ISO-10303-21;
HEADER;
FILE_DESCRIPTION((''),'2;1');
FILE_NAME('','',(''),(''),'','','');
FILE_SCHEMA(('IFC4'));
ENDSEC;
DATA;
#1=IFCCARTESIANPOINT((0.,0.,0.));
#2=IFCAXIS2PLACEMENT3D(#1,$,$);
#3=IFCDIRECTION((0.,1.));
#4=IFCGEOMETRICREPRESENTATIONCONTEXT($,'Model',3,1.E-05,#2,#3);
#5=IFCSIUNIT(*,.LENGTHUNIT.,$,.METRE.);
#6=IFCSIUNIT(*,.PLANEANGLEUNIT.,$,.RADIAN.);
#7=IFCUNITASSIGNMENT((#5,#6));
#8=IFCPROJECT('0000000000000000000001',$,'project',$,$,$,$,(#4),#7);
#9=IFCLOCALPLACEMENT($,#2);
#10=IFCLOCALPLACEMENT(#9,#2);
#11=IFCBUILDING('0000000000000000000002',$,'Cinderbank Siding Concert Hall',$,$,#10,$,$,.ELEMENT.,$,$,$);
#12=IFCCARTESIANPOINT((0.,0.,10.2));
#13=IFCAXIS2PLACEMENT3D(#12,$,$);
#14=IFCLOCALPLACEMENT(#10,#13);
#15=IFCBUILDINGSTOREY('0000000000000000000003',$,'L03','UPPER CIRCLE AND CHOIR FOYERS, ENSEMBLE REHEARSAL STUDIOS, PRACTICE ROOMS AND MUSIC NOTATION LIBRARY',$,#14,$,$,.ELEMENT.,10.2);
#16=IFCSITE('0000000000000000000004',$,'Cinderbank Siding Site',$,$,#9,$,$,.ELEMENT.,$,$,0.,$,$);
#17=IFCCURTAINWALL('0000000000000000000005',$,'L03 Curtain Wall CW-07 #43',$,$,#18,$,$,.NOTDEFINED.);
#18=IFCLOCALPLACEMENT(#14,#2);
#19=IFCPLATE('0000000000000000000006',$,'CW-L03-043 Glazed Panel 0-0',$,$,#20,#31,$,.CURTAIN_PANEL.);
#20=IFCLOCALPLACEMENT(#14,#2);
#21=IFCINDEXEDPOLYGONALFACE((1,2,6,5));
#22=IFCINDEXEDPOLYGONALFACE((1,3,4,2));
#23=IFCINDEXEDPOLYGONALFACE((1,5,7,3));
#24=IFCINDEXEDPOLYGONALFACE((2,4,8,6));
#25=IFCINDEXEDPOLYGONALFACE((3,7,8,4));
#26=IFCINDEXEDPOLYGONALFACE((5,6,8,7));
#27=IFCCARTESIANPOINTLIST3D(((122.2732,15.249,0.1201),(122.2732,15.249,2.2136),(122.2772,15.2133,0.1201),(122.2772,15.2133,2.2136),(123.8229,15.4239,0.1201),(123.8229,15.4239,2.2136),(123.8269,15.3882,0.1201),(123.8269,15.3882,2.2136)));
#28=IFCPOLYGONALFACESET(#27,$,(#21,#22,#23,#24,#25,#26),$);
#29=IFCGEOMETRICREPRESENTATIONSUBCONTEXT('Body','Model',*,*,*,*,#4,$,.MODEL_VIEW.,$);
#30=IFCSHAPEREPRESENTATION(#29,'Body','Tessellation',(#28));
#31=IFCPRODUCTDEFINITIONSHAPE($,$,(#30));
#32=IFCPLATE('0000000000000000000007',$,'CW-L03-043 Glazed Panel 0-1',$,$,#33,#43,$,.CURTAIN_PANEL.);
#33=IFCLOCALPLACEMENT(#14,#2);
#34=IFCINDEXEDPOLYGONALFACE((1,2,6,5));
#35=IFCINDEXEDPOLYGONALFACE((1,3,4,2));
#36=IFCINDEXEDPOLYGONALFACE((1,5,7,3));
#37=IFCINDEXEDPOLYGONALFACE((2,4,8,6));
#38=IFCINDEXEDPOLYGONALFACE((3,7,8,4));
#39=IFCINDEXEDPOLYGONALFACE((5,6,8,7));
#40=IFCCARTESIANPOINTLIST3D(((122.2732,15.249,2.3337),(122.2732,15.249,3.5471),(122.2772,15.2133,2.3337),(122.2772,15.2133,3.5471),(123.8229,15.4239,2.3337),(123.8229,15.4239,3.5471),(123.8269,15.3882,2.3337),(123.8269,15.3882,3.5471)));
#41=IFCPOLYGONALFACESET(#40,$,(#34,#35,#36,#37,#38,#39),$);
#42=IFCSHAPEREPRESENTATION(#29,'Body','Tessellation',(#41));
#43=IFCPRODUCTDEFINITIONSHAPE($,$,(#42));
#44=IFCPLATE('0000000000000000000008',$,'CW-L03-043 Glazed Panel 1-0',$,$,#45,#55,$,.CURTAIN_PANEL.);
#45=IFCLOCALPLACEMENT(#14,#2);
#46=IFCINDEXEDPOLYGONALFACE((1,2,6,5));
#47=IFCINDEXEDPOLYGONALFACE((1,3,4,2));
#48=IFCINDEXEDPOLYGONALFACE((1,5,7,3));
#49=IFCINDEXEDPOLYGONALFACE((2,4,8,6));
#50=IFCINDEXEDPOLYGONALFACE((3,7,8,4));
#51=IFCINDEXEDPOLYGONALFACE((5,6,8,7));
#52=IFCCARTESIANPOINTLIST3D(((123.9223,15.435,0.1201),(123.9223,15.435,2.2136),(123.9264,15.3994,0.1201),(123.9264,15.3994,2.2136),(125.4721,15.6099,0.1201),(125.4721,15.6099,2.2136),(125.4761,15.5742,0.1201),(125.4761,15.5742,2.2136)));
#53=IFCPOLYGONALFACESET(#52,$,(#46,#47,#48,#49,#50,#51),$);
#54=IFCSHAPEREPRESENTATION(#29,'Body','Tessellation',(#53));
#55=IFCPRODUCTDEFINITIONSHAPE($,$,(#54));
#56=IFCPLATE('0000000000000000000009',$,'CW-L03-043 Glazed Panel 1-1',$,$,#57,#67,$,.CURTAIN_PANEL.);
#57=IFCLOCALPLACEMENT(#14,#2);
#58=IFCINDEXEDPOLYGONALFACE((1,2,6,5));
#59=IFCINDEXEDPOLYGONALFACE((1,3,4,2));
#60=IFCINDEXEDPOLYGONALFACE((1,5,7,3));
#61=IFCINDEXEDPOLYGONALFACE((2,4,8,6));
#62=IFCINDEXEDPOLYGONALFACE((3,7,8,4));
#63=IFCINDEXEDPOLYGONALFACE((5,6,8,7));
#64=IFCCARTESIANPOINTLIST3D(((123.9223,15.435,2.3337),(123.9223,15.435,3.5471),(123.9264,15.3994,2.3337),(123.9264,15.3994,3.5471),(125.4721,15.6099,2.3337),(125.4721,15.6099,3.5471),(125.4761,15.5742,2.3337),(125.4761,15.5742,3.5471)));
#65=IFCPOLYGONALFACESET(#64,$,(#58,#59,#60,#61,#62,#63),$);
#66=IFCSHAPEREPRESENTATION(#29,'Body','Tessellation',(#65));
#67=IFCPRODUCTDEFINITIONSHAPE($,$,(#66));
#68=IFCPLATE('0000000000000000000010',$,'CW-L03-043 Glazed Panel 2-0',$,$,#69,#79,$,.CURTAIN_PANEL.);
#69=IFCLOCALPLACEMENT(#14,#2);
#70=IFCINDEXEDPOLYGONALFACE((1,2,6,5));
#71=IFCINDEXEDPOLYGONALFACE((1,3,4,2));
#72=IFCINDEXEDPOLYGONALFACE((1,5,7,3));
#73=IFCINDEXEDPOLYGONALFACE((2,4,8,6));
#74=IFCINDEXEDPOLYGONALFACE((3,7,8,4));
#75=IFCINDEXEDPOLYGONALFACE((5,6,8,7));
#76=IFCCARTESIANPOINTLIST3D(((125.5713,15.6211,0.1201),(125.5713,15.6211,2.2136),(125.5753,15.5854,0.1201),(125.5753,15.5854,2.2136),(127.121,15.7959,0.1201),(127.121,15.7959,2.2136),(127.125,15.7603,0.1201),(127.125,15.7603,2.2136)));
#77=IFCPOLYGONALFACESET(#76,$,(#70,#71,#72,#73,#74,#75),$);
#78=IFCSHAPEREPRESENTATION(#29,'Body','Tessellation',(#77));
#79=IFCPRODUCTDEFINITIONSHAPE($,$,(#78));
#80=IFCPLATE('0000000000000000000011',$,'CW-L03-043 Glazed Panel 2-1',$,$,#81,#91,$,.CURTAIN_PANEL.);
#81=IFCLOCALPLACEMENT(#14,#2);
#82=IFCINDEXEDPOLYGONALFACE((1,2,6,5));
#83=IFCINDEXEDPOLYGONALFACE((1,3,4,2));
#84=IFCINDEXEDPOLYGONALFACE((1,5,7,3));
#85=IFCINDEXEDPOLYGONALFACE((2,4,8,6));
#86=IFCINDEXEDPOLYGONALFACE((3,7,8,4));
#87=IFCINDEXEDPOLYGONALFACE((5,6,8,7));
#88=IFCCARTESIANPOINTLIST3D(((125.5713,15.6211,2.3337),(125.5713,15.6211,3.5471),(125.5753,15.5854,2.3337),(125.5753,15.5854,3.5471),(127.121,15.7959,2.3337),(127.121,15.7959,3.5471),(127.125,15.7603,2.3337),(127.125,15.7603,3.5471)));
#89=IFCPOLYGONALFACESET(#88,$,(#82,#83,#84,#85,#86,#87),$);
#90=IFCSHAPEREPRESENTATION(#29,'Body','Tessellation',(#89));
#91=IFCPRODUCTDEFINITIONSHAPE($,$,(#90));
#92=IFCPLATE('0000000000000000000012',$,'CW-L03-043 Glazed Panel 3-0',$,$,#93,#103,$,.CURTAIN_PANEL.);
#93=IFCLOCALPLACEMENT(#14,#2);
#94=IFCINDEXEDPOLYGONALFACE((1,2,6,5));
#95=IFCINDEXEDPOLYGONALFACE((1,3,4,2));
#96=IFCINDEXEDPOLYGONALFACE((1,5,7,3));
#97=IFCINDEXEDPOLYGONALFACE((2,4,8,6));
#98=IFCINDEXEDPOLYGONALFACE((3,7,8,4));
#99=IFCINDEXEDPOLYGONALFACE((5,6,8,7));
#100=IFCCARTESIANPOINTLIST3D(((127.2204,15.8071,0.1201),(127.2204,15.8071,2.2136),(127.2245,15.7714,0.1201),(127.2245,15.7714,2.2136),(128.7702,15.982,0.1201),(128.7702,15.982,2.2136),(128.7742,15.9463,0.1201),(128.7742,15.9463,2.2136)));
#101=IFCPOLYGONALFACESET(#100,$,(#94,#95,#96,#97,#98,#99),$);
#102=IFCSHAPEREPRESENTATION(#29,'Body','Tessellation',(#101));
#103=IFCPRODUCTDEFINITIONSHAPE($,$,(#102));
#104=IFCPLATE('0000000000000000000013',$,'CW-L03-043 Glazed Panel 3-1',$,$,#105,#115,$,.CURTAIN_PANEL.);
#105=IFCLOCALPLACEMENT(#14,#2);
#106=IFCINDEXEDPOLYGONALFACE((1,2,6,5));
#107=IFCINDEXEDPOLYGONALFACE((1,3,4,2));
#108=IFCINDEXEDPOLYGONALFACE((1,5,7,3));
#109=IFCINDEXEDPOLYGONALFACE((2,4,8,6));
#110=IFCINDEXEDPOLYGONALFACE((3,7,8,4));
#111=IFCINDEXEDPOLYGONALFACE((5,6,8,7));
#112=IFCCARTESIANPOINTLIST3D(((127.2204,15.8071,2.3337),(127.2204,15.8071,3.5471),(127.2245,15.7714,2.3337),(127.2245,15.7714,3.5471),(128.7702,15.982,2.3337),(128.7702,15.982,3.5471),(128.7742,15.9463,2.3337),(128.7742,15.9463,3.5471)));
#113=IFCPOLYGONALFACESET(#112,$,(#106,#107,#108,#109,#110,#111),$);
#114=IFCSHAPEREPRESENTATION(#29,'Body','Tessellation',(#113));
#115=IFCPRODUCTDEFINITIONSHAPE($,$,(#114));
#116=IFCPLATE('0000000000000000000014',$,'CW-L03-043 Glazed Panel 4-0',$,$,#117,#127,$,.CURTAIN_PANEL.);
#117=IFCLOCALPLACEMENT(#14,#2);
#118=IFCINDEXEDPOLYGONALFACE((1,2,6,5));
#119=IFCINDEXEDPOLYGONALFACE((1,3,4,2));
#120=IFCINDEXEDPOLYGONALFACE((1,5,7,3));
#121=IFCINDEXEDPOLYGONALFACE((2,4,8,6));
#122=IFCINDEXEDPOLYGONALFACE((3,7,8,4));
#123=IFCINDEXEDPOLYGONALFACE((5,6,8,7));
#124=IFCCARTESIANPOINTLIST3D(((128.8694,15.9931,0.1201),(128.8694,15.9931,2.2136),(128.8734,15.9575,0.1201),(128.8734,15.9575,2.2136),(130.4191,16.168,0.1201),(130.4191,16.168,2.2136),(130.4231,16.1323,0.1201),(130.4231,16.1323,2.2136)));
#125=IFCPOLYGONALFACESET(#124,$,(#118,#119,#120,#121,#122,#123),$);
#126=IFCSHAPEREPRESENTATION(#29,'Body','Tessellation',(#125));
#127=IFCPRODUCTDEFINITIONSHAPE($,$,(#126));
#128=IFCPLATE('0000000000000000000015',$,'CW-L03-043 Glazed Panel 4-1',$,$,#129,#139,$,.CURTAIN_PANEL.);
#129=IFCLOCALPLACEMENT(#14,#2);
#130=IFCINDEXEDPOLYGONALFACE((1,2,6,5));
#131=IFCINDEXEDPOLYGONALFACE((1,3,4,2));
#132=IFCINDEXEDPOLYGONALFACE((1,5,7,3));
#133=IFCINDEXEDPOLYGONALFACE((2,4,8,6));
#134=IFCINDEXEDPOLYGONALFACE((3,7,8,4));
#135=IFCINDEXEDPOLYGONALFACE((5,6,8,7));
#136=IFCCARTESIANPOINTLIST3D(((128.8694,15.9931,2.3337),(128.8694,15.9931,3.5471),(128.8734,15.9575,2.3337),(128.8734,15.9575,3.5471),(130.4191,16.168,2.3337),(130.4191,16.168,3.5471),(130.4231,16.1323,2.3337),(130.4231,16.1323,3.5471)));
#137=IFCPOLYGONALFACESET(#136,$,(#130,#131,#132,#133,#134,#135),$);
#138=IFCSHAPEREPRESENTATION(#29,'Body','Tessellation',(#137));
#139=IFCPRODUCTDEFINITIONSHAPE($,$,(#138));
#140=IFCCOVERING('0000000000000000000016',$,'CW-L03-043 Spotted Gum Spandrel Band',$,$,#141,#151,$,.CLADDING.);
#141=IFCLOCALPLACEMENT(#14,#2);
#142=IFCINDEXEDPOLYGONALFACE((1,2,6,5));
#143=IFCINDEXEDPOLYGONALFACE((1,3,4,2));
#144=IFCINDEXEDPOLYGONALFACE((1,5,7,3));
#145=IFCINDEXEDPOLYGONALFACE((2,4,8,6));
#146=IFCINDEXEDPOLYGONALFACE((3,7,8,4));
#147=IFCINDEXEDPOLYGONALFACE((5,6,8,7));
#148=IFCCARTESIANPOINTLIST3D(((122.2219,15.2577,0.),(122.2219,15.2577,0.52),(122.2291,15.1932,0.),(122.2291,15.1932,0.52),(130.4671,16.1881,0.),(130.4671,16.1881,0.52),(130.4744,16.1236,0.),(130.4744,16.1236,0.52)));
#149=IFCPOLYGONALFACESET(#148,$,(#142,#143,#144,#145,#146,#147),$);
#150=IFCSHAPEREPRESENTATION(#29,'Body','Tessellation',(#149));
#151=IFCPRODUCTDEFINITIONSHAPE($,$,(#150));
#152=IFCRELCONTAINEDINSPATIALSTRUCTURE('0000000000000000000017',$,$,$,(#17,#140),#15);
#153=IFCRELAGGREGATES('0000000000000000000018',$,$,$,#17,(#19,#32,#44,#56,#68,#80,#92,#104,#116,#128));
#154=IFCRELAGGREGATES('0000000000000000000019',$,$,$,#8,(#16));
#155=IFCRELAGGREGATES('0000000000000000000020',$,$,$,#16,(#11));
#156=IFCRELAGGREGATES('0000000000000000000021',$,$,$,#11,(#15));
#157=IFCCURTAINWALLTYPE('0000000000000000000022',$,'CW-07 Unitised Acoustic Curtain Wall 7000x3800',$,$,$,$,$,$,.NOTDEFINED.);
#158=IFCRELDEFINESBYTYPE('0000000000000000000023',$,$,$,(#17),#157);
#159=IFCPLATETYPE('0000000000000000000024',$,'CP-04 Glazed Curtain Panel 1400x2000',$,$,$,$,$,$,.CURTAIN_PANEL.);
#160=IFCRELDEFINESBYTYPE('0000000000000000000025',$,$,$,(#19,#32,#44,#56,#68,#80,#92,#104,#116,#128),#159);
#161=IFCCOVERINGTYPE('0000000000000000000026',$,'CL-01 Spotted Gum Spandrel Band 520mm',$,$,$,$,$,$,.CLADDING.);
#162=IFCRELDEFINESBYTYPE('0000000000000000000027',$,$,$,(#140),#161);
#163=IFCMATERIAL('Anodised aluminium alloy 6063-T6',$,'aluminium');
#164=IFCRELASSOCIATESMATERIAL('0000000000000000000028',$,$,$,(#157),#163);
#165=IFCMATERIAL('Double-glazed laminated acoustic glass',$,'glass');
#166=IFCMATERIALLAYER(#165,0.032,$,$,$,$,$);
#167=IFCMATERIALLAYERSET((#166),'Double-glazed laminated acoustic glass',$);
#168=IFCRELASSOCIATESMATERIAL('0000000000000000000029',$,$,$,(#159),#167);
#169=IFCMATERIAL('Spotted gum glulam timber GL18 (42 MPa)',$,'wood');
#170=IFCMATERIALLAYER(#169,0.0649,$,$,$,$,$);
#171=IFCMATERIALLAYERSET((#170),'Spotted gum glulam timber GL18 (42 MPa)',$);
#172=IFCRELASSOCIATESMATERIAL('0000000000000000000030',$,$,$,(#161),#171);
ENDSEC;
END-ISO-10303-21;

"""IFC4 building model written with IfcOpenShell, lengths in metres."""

from ifc_helpers import new_model, si_unit, direction, frame, origin, origin_2d, place, context, subcontext, project, spatial, rectangle, extrude, material, layer, layer_set, type_object, element, aggregate, save


model = new_model("IFC4")

# Units and contexts
model_context = context("Model", 3, precision=1e-05, world=origin(), true_north=direction((0.0, 1.0)))
body_context = subcontext(model_context, "Body", "Model", "MODEL_VIEW")
ifc_project = project(units=[si_unit("LENGTHUNIT", "METRE"), si_unit("PLANEANGLEUNIT", "RADIAN")], contexts=[model_context])

# Site, building, storey
site_placement = place(None, origin())
site = spatial("IfcSite", under=ifc_project, at=site_placement, Name="Cinderbank Siding Site", CompositionType="ELEMENT", RefElevation=0.0)
building_placement = place(site_placement, origin())
building = spatial("IfcBuilding", under=site, at=building_placement, Name="Cinderbank Siding Concert Hall", CompositionType="ELEMENT")
storey_placement = place(building_placement, frame((0.0, 0.0, 10.2)))
storey = spatial("IfcBuildingStorey", under=building, at=storey_placement, Name="L03", Description="UPPER CIRCLE AND CHOIR FOYERS, ENSEMBLE REHEARSAL STUDIOS, PRACTICE ROOMS AND MUSIC NOTATION LIBRARY", CompositionType="ELEMENT", Elevation=10.2)

# Shared definitions
ifc_material_1 = material(Name="Anodised aluminium alloy 6063-T6", Category="aluminium")

# Curtain wall
curtain_wall_type_1 = type_object("IfcCurtainWallType", Name="CW-07 Unitised Acoustic Curtain Wall 7000x3800", PredefinedType="NOTDEFINED", material=ifc_material_1)
curtain_wall_1_placement = place(storey_placement, origin())
curtain_wall_1 = element("IfcCurtainWall", 1, at=curtain_wall_1_placement, inside=storey, type_object=curtain_wall_type_1, Name="L03 Curtain Wall CW-07 #43", PredefinedType="NOTDEFINED")

# Shared definitions
ifc_material_2 = material(Name="Spotted gum glulam timber GL18 (42 MPa)", Category="wood")

# Plates
ifc_material_3 = material(Name="Double-glazed laminated acoustic glass", Category="glass")
ifc_layer_1 = layer(ifc_material_3, 0.032)
ifc_layer_set_1 = layer_set([ifc_layer_1], Name="Double-glazed laminated acoustic glass")
plate_type = type_object("IfcPlateType", Name="CP-04 Glazed Curtain Panel 1400x2000", PredefinedType="CURTAIN_PANEL", material=ifc_layer_set_1)
plate_1_placement = place(storey_placement, frame((123.05, 15.3186, 0.1201), z_axis=(0.0, 0.0, 1.0), x_axis=(0.993694, 0.112129, 0.0)))
plate_1 = element("IfcPlate", 2, at=plate_1_placement, type_object=plate_type, Name="CW-L03-043 Glazed Panel 0-0", PredefinedType="CURTAIN_PANEL", context=body_context, shape_type="SweptSolid", body=[
    extrude(rectangle(XDim=1.5596, YDim=0.0359, at=origin_2d()), origin(), (0.0, 0.0, 1.0), 2.0935),
])
plate_2_placement = place(storey_placement, frame((123.05, 15.3186, 2.3337), z_axis=(0.0, 0.0, 1.0), x_axis=(0.993694, 0.112129, 0.0)))
plate_2 = element("IfcPlate", 3, at=plate_2_placement, type_object=plate_type, Name="CW-L03-043 Glazed Panel 0-1", PredefinedType="CURTAIN_PANEL", context=body_context, shape_type="SweptSolid", body=[
    extrude(rectangle(XDim=1.5596, YDim=0.0359, at=origin_2d()), origin(), (0.0, 0.0, 1.0), 1.2134),
])
plate_3_placement = place(storey_placement, frame((124.6992, 15.5046, 0.1201), z_axis=(0.0, 0.0, 1.0), x_axis=(0.993694, 0.112129, 0.0)))
plate_3 = element("IfcPlate", 4, at=plate_3_placement, type_object=plate_type, Name="CW-L03-043 Glazed Panel 1-0", PredefinedType="CURTAIN_PANEL", context=body_context, shape_type="SweptSolid", body=[
    extrude(rectangle(XDim=1.5596, YDim=0.0359, at=origin_2d()), origin(), (0.0, 0.0, 1.0), 2.0935),
])
plate_4_placement = place(storey_placement, frame((124.6992, 15.5046, 2.3337), z_axis=(0.0, 0.0, 1.0), x_axis=(0.993694, 0.112129, 0.0)))
plate_4 = element("IfcPlate", 5, at=plate_4_placement, type_object=plate_type, Name="CW-L03-043 Glazed Panel 1-1", PredefinedType="CURTAIN_PANEL", context=body_context, shape_type="SweptSolid", body=[
    extrude(rectangle(XDim=1.5596, YDim=0.0359, at=origin_2d()), origin(), (0.0, 0.0, 1.0), 1.2134),
])
plate_5_placement = place(storey_placement, frame((126.3481, 15.6907, 0.1201), z_axis=(0.0, 0.0, 1.0), x_axis=(0.993694, 0.112129, 0.0)))
plate_5 = element("IfcPlate", 6, at=plate_5_placement, type_object=plate_type, Name="CW-L03-043 Glazed Panel 2-0", PredefinedType="CURTAIN_PANEL", context=body_context, shape_type="SweptSolid", body=[
    extrude(rectangle(XDim=1.5596, YDim=0.0359, at=origin_2d()), origin(), (0.0, 0.0, 1.0), 2.0935),
])
plate_6_placement = place(storey_placement, frame((126.3481, 15.6907, 2.3337), z_axis=(0.0, 0.0, 1.0), x_axis=(0.993694, 0.112129, 0.0)))
plate_6 = element("IfcPlate", 7, at=plate_6_placement, type_object=plate_type, Name="CW-L03-043 Glazed Panel 2-1", PredefinedType="CURTAIN_PANEL", context=body_context, shape_type="SweptSolid", body=[
    extrude(rectangle(XDim=1.5596, YDim=0.0359, at=origin_2d()), origin(), (0.0, 0.0, 1.0), 1.2134),
])
plate_7_placement = place(storey_placement, frame((127.9973, 15.8767, 0.1201), z_axis=(0.0, 0.0, 1.0), x_axis=(0.993694, 0.112129, 0.0)))
plate_7 = element("IfcPlate", 8, at=plate_7_placement, type_object=plate_type, Name="CW-L03-043 Glazed Panel 3-0", PredefinedType="CURTAIN_PANEL", context=body_context, shape_type="SweptSolid", body=[
    extrude(rectangle(XDim=1.5596, YDim=0.0359, at=origin_2d()), origin(), (0.0, 0.0, 1.0), 2.0935),
])
plate_8_placement = place(storey_placement, frame((127.9973, 15.8767, 2.3337), z_axis=(0.0, 0.0, 1.0), x_axis=(0.993694, 0.112129, 0.0)))
plate_8 = element("IfcPlate", 9, at=plate_8_placement, type_object=plate_type, Name="CW-L03-043 Glazed Panel 3-1", PredefinedType="CURTAIN_PANEL", context=body_context, shape_type="SweptSolid", body=[
    extrude(rectangle(XDim=1.5596, YDim=0.0359, at=origin_2d()), origin(), (0.0, 0.0, 1.0), 1.2134),
])
plate_9_placement = place(storey_placement, frame((129.6462, 16.0627, 0.1201), z_axis=(0.0, 0.0, 1.0), x_axis=(0.993694, 0.112129, 0.0)))
plate_9 = element("IfcPlate", 10, at=plate_9_placement, type_object=plate_type, Name="CW-L03-043 Glazed Panel 4-0", PredefinedType="CURTAIN_PANEL", context=body_context, shape_type="SweptSolid", body=[
    extrude(rectangle(XDim=1.5596, YDim=0.0359, at=origin_2d()), origin(), (0.0, 0.0, 1.0), 2.0935),
])
plate_10_placement = place(storey_placement, frame((129.6462, 16.0627, 2.3337), z_axis=(0.0, 0.0, 1.0), x_axis=(0.993694, 0.112129, 0.0)))
plate_10 = element("IfcPlate", 11, at=plate_10_placement, type_object=plate_type, Name="CW-L03-043 Glazed Panel 4-1", PredefinedType="CURTAIN_PANEL", context=body_context, shape_type="SweptSolid", body=[
    extrude(rectangle(XDim=1.5596, YDim=0.0359, at=origin_2d()), origin(), (0.0, 0.0, 1.0), 1.2134),
])
aggregate(curtain_wall_1, [plate_1, plate_2, plate_3, plate_4, plate_5, plate_6, plate_7, plate_8, plate_9, plate_10])

# Covering
ifc_layer_2 = layer(ifc_material_2, 0.0649)
ifc_layer_set_2 = layer_set([ifc_layer_2], Name="Spotted gum glulam timber GL18 (42 MPa)")
covering_type = type_object("IfcCoveringType", Name="CL-01 Spotted Gum Spandrel Band 520mm", PredefinedType="CLADDING", material=ifc_layer_set_2)
covering_placement = place(storey_placement, frame((126.3481, 15.6907, 0.0), z_axis=(0.0, 0.0, 1.0), x_axis=(0.993694, 0.112129, 0.0)))
element("IfcCovering", 12, at=covering_placement, inside=storey, type_object=covering_type, Name="CW-L03-043 Spotted Gum Spandrel Band", PredefinedType="CLADDING", context=body_context, shape_type="SweptSolid", body=[
    extrude(rectangle(XDim=8.2976, YDim=0.0649, at=origin_2d()), origin(), (0.0, 0.0, 1.0), 0.52),
])

save(model, "model.ifc")
